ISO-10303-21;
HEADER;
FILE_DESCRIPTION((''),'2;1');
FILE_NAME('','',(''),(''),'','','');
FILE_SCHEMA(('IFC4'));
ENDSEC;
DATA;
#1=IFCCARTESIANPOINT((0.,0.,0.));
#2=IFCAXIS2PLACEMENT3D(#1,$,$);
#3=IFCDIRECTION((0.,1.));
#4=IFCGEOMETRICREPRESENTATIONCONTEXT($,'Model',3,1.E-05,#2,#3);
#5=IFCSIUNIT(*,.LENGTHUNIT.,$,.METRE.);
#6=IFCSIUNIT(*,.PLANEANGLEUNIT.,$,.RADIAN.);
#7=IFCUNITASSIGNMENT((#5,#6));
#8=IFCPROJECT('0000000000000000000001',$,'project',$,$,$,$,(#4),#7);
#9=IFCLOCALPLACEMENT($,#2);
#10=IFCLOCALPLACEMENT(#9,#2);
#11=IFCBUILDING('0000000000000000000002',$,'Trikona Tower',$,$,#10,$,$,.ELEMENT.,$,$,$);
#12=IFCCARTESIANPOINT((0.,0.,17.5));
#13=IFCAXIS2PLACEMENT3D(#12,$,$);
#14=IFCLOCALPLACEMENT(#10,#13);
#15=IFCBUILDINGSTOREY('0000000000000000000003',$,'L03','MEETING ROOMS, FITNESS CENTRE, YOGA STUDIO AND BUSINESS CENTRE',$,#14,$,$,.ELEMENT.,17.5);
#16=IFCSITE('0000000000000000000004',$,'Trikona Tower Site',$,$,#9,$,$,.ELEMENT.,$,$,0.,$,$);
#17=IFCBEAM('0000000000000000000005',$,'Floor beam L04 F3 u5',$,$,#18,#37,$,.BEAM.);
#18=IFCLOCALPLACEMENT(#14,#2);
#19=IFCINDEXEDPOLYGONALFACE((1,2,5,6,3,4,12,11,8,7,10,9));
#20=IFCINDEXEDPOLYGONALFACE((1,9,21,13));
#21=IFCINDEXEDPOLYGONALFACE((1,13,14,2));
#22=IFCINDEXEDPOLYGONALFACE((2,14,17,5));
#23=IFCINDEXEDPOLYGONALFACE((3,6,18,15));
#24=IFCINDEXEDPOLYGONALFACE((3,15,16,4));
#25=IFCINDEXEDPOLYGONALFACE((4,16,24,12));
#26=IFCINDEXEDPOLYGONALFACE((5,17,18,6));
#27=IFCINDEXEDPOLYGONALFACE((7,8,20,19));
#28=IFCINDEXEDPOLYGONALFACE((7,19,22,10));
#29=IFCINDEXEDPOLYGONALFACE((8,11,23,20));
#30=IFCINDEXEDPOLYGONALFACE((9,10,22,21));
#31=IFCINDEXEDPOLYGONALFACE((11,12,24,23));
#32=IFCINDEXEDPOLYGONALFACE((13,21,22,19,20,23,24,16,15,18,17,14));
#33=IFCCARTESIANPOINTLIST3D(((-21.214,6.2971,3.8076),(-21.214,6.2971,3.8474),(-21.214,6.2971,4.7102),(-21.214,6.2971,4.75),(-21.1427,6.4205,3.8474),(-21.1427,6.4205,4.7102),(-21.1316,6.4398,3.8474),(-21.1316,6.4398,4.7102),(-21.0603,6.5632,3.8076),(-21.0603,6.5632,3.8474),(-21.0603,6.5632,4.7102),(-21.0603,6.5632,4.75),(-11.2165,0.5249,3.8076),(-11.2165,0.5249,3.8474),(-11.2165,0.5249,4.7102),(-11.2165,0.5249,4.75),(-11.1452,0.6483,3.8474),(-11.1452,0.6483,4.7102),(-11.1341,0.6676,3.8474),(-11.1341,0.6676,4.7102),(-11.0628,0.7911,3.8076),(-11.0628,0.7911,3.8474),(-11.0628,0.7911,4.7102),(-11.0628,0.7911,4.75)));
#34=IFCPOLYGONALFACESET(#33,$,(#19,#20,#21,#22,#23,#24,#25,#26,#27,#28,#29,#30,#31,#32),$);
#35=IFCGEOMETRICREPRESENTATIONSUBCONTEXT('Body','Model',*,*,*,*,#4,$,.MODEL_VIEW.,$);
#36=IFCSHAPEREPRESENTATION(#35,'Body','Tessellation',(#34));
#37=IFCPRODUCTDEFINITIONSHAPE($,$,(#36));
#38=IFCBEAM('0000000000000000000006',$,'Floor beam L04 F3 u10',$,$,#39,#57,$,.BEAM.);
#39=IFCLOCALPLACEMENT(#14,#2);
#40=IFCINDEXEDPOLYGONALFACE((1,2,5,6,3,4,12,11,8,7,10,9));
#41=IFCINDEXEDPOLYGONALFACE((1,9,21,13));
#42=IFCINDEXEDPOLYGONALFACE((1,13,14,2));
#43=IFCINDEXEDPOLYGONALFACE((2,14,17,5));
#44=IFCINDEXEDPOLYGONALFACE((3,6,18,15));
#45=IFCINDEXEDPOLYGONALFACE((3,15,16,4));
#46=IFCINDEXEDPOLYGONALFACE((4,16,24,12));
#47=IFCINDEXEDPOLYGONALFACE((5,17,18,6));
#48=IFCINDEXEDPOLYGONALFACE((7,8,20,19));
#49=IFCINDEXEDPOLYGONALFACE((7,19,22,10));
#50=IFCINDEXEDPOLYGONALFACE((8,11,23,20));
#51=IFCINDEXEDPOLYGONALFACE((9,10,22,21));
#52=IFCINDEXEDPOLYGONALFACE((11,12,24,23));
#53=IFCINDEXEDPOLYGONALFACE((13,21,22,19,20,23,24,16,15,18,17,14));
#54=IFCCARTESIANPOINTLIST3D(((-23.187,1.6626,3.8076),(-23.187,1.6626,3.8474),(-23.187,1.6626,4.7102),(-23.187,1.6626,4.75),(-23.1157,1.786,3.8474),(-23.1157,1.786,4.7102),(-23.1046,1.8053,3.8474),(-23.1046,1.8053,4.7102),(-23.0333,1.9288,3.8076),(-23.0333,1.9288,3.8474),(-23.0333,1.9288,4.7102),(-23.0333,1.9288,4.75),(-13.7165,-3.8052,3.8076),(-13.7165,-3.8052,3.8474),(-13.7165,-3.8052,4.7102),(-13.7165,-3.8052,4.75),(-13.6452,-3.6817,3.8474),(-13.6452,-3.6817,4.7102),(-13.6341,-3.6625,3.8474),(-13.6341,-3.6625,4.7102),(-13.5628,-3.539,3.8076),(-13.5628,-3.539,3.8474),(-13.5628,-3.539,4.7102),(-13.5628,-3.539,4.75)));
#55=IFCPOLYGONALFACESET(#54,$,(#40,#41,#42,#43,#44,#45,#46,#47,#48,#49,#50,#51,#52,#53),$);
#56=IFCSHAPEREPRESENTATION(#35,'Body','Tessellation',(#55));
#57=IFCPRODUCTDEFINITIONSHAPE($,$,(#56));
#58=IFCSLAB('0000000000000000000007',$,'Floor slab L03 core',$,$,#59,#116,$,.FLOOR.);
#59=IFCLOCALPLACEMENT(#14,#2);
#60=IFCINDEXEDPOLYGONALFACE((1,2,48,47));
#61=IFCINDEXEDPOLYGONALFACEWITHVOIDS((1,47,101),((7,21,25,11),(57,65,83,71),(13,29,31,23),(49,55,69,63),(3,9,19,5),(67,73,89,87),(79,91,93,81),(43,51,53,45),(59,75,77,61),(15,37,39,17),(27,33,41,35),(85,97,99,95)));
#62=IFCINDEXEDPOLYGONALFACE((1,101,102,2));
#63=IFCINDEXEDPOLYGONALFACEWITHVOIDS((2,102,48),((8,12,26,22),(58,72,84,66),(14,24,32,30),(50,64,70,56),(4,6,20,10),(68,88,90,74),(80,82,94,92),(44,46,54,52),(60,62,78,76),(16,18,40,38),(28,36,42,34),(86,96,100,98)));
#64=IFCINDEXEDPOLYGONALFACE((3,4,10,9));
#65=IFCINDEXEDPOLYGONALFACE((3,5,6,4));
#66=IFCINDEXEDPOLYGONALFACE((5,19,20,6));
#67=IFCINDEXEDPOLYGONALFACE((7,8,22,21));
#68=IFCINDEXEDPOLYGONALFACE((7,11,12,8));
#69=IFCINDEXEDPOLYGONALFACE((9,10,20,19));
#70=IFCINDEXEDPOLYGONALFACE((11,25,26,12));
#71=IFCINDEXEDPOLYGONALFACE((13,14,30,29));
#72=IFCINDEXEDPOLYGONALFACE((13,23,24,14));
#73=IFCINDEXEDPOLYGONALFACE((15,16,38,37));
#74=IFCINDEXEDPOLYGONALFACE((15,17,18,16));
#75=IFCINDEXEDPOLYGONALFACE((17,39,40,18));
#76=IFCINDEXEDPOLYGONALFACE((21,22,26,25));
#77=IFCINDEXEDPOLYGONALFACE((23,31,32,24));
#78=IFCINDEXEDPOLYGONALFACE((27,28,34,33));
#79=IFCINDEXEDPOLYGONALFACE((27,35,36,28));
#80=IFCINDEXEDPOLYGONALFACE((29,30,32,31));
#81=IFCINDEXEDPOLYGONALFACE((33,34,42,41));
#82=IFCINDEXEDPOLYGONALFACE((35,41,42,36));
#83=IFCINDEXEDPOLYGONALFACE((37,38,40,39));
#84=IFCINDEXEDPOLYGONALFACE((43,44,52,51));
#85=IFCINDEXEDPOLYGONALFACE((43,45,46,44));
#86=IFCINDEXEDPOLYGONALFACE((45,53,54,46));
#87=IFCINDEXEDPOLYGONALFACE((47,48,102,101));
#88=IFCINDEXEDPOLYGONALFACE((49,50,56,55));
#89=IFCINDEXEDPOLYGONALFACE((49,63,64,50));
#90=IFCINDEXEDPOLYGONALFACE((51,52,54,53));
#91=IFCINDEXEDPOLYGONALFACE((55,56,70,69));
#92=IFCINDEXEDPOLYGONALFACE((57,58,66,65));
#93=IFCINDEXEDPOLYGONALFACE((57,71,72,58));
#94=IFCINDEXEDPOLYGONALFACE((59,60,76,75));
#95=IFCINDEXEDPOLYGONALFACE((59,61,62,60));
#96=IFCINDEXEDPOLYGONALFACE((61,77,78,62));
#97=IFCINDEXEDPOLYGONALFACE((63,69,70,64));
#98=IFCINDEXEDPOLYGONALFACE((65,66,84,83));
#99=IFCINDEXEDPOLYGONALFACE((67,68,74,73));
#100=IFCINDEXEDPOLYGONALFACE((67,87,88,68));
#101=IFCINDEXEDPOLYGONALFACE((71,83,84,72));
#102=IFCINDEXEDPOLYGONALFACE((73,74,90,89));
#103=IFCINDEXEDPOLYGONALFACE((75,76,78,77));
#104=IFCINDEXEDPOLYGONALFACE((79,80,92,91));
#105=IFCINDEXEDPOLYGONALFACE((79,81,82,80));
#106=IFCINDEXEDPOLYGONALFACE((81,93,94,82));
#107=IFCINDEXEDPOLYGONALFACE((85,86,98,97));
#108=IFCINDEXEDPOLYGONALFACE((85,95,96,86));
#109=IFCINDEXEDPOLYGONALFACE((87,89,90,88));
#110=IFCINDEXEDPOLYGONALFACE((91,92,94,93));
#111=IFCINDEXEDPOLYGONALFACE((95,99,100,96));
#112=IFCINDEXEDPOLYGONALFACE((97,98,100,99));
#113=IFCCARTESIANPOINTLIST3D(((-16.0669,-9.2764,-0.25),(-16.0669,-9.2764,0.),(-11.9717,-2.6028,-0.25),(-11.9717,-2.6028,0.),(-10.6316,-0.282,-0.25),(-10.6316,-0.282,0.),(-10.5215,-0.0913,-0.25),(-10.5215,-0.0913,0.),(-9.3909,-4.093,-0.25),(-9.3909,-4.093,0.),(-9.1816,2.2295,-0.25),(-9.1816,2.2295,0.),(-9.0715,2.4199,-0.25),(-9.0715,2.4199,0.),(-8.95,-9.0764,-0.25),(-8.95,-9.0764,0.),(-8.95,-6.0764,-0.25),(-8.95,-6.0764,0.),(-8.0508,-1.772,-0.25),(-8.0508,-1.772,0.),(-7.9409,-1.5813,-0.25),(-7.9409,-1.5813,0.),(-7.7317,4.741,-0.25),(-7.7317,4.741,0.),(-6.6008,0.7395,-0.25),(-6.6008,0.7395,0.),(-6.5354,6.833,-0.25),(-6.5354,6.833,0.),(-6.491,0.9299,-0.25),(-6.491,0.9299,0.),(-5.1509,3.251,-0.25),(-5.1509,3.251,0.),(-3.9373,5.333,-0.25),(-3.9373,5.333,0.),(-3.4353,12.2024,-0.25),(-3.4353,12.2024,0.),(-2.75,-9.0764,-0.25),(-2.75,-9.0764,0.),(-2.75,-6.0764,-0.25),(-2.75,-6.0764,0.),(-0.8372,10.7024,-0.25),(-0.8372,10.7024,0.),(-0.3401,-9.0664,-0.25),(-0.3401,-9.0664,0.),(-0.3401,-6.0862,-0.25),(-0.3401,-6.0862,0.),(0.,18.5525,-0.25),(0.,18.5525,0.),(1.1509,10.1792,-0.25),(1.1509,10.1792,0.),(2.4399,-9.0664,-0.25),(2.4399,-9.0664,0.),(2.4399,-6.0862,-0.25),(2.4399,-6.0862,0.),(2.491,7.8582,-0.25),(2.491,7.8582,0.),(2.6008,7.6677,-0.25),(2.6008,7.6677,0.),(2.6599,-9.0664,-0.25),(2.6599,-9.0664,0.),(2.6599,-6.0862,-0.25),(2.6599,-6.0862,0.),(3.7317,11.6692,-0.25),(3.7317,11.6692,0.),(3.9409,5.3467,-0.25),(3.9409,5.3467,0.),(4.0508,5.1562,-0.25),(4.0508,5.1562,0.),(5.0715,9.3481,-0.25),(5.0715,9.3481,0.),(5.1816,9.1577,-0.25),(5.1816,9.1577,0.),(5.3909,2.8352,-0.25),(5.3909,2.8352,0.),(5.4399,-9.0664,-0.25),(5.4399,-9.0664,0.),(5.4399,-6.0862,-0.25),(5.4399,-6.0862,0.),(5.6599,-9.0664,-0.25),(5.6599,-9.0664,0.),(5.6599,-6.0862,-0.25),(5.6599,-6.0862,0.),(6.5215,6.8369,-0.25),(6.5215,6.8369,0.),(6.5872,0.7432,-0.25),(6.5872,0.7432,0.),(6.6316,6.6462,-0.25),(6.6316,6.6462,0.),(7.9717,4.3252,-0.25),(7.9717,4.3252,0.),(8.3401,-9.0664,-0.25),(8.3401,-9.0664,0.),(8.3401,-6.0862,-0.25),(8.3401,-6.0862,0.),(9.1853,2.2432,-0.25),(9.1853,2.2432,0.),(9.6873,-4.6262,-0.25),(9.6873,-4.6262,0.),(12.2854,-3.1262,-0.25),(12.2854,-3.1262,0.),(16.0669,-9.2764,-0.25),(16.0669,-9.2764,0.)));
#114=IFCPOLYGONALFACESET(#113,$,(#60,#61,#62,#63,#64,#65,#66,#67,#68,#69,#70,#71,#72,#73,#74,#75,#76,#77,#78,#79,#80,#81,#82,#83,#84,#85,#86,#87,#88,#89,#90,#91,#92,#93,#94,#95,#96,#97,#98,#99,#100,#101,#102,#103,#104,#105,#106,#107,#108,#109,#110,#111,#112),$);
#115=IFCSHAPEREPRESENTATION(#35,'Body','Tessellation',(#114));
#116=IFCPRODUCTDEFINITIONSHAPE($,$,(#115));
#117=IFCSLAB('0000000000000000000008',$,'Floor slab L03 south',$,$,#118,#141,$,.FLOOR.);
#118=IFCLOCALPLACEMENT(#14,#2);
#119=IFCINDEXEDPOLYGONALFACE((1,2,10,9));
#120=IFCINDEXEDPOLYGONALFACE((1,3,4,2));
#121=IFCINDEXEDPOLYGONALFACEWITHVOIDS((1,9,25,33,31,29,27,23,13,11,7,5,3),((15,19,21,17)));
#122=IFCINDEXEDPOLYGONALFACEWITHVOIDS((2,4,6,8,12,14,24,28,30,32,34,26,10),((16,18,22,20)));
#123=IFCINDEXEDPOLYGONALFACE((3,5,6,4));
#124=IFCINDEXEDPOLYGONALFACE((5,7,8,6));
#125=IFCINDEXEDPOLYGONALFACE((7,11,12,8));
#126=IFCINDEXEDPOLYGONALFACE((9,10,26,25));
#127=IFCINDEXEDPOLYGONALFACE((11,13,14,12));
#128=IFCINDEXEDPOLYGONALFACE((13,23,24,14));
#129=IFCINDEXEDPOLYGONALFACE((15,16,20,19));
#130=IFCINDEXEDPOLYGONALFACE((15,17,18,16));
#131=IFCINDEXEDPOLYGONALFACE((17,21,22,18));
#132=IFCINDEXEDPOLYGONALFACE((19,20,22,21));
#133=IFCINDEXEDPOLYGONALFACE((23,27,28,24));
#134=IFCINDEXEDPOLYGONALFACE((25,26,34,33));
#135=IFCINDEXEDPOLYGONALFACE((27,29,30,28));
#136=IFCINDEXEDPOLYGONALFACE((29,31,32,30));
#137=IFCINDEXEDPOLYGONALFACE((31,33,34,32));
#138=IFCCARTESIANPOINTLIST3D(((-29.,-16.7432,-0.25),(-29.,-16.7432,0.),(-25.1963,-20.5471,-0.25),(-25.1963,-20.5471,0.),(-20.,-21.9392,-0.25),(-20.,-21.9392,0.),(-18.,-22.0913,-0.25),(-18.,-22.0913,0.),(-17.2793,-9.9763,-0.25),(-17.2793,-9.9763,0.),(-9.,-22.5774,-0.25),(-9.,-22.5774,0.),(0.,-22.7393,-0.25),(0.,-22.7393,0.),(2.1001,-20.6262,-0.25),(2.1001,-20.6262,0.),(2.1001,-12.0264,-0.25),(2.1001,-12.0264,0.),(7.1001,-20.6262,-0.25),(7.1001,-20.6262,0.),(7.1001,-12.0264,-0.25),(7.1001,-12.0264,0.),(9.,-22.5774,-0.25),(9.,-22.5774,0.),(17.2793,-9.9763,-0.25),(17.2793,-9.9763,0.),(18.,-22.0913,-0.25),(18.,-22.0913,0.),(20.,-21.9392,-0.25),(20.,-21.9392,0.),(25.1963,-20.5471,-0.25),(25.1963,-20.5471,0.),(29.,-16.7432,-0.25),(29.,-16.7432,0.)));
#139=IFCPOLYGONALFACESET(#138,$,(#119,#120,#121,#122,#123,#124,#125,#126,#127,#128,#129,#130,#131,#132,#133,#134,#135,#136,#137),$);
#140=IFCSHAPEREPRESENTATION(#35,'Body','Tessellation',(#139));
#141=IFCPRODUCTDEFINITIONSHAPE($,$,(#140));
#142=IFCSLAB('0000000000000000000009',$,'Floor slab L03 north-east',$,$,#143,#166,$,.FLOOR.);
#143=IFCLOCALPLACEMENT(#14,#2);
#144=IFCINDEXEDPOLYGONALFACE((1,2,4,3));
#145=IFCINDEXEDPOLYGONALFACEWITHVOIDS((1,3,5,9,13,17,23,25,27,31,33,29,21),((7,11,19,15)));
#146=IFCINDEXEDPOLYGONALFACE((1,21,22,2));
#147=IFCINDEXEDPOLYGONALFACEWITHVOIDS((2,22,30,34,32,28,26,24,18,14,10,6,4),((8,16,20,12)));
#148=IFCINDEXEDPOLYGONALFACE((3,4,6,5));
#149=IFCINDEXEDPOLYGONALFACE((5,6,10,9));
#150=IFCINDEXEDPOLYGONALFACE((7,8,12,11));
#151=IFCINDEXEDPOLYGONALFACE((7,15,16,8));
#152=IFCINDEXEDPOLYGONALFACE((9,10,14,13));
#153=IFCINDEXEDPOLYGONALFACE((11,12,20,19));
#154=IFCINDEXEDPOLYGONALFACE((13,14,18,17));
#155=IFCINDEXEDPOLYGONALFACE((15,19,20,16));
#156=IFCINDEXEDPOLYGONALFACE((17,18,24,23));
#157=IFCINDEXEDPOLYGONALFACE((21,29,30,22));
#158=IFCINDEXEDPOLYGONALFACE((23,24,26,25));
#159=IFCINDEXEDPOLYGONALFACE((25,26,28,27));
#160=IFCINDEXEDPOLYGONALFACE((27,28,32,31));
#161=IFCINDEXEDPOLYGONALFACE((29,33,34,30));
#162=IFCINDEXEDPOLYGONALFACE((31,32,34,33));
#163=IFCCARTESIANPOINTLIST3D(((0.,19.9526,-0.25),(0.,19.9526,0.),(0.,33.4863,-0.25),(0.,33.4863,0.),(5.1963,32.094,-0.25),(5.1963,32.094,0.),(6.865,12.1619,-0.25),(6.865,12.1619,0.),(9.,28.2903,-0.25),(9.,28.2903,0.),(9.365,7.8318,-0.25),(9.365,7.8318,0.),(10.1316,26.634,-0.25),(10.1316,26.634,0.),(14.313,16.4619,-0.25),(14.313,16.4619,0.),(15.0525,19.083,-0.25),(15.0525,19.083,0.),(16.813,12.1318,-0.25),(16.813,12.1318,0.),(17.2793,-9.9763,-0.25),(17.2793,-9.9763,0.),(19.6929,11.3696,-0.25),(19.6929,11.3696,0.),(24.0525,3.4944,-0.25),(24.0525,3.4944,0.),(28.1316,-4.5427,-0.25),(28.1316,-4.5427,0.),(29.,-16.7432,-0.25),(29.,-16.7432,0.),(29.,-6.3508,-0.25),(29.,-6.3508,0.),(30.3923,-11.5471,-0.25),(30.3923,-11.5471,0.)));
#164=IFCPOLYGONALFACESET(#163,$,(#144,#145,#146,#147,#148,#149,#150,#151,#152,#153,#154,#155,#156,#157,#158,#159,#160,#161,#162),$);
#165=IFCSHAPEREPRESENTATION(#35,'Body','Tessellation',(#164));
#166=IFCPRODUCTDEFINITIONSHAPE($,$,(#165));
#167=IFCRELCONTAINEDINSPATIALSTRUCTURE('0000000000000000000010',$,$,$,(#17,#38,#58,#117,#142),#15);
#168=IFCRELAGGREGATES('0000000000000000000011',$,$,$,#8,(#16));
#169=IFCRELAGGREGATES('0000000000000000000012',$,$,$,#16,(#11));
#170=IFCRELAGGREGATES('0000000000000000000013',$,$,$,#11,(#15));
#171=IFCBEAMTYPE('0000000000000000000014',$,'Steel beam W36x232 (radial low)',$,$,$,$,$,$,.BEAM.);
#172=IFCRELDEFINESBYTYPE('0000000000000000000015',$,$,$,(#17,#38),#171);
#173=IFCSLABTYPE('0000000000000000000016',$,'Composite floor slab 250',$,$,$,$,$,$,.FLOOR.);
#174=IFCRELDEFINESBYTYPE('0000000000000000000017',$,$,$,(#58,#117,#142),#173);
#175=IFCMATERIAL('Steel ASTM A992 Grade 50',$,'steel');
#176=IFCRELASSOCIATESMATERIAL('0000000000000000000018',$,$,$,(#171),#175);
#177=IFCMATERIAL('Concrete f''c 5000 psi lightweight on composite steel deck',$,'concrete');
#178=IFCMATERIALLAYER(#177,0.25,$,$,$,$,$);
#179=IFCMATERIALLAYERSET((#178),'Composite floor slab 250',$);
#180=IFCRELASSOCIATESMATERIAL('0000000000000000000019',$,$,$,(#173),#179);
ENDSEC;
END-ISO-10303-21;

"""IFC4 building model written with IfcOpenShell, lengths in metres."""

from ifc_helpers import new_model, si_unit, direction, frame, origin, origin_2d, place, context, subcontext, project, spatial, polyline, i_section, outline, extrude, material, layer, layer_set, material_profile, profile_set, type_object, element, save


model = new_model("IFC4")

# Units and contexts
model_context = context("Model", 3, precision=1e-05, world=origin(), true_north=direction((0.0, 1.0)))
body_context = subcontext(model_context, "Body", "Model", "MODEL_VIEW")
ifc_project = project(units=[si_unit("LENGTHUNIT", "METRE"), si_unit("PLANEANGLEUNIT", "RADIAN")], contexts=[model_context])

# Site, building, storey
site_placement = place(None, origin())
site = spatial("IfcSite", under=ifc_project, at=site_placement, Name="Trikona Tower Site", CompositionType="ELEMENT", RefElevation=0.0)
building_placement = place(site_placement, origin())
building = spatial("IfcBuilding", under=site, at=building_placement, Name="Trikona Tower", CompositionType="ELEMENT")
storey_placement = place(building_placement, frame((0.0, 0.0, 17.5)))
storey = spatial("IfcBuildingStorey", under=building, at=storey_placement, Name="L03", Description="MEETING ROOMS, FITNESS CENTRE, YOGA STUDIO AND BUSINESS CENTRE", CompositionType="ELEMENT", Elevation=17.5)

# Beams
ifc_material_1 = material(Name="Steel ASTM A992 Grade 50", Category="steel")
ifc_material_profile = material_profile(ifc_material_1, i_section(OverallWidth=0.3074, OverallDepth=0.9424, WebThickness=0.0222, FlangeThickness=0.0398, at=origin_2d()), Name="W36X232")
ifc_profile_set = profile_set([ifc_material_profile], Name="Steel ASTM A992 Grade 50")
beam_type = type_object("IfcBeamType", Name="Steel beam W36x232 (radial low)", PredefinedType="BEAM", material=ifc_profile_set)
beam_1_placement = place(storey_placement, frame((-11.1396, 0.658, 4.2788), z_axis=(-0.866021, 0.500008, 0.0), x_axis=(-0.500008, -0.866021, 0.0)))
element("IfcBeam", 1, at=beam_1_placement, inside=storey, type_object=beam_type, Name="Floor beam L04 F3 u5", PredefinedType="BEAM", context=body_context, shape_type="SweptSolid", body=[
    extrude(i_section(OverallWidth=0.3074, OverallDepth=0.9424, WebThickness=0.0222, FlangeThickness=0.0398, at=origin_2d()), origin(), (0.0, 0.0, 1.0), 11.5442),
])
beam_2_placement = place(storey_placement, frame((-13.6396, -3.6721, 4.2788), z_axis=(-0.866025, 0.5, 0.0), x_axis=(-0.5, -0.866025, 0.0)))
element("IfcBeam", 2, at=beam_2_placement, inside=storey, type_object=beam_type, Name="Floor beam L04 F3 u10", PredefinedType="BEAM", context=body_context, shape_type="SweptSolid", body=[
    extrude(i_section(OverallWidth=0.3074, OverallDepth=0.9424, WebThickness=0.0222, FlangeThickness=0.0398, at=origin_2d()), origin(), (0.0, 0.0, 1.0), 10.9355),
])

# Slabs
ifc_material_2 = material(Name="Concrete f'c 5000 psi lightweight on composite steel deck", Category="concrete")
ifc_layer_1 = layer(ifc_material_2, 0.25)
ifc_layer_set_1 = layer_set([ifc_layer_1], Name="Composite floor slab 250")
slab_type_1 = type_object("IfcSlabType", Name="Composite floor slab 250", PredefinedType="FLOOR", material=ifc_layer_set_1)
slab_1_placement = place(storey_placement, frame((0.0, 0.0, -0.25)))
element("IfcSlab", 3, at=slab_1_placement, inside=storey, type_object=slab_type_1, Name="Floor slab L03 core", PredefinedType="FLOOR", context=body_context, shape_type="SweptSolid", body=[
    extrude(outline(polyline([(-16.0669, -9.2764), (16.0669, -9.2764), (0.0, 18.5525), (-16.0669, -9.2764)]), holes=[polyline([(9.6873, -4.6262), (12.2854, -3.1262), (9.1853, 2.2432), (6.5872, 0.7432), (9.6873, -4.6262)]), polyline([(5.6599, -9.0664), (8.3401, -9.0664), (8.3401, -6.0862), (5.6599, -6.0862), (5.6599, -9.0664)]), polyline([(4.0508, 5.1562), (5.3909, 2.8352), (7.9717, 4.3252), (6.6316, 6.6462), (4.0508, 5.1562)]), polyline([(5.1816, 9.1577), (2.6008, 7.6677), (3.9409, 5.3467), (6.5215, 6.8369), (5.1816, 9.1577)]), polyline([(5.4399, -9.0664), (5.4399, -6.0862), (2.6599, -6.0862), (2.6599, -9.0664), (5.4399, -9.0664)]), polyline([(5.0715, 9.3481), (3.7317, 11.6692), (1.1509, 10.1792), (2.491, 7.8582), (5.0715, 9.3481)]), polyline([(2.4399, -6.0862), (-0.3401, -6.0862), (-0.3401, -9.0664), (2.4399, -9.0664), (2.4399, -6.0862)]), polyline([(-0.8372, 10.7024), (-3.4353, 12.2024), (-6.5354, 6.833), (-3.9373, 5.333), (-0.8372, 10.7024)]), polyline([(-8.95, -6.0764), (-8.95, -9.0764), (-2.75, -9.0764), (-2.75, -6.0764), (-8.95, -6.0764)]), polyline([(-6.491, 0.9299), (-5.1509, 3.251), (-7.7317, 4.741), (-9.0715, 2.4199), (-6.491, 0.9299)]), polyline([(-10.5215, -0.0913), (-7.9409, -1.5813), (-6.6008, 0.7395), (-9.1816, 2.2295), (-10.5215, -0.0913)]), polyline([(-10.6316, -0.282), (-11.9717, -2.6028), (-9.3909, -4.093), (-8.0508, -1.772), (-10.6316, -0.282)])]), origin(), (0.0, 0.0, 1.0), 0.25),
])
slab_2_placement = place(storey_placement, frame((0.0, 0.0, -0.25)))
element("IfcSlab", 4, at=slab_2_placement, inside=storey, type_object=slab_type_1, Name="Floor slab L03 south", PredefinedType="FLOOR", context=body_context, shape_type="SweptSolid", body=[
    extrude(outline(polyline([(29.0, -16.7432), (17.2793, -9.9763), (-17.2793, -9.9763), (-29.0, -16.7432), (-25.1963, -20.5471), (-20.0, -21.9392), (-18.0, -22.0913), (-9.0, -22.5774), (0.0, -22.7393), (9.0, -22.5774), (18.0, -22.0913), (20.0, -21.9392), (25.1963, -20.5471), (29.0, -16.7432)]), holes=[polyline([(2.1001, -20.6262), (7.1001, -20.6262), (7.1001, -12.0264), (2.1001, -12.0264), (2.1001, -20.6262)])]), origin(), (0.0, 0.0, 1.0), 0.25),
])
slab_3_placement = place(storey_placement, frame((0.0, 0.0, -0.25)))
element("IfcSlab", 5, at=slab_3_placement, inside=storey, type_object=slab_type_1, Name="Floor slab L03 north-east", PredefinedType="FLOOR", context=body_context, shape_type="SweptSolid", body=[
    extrude(outline(polyline([(19.6929, 11.3696), (15.0525, 19.083), (10.1316, 26.634), (9.0, 28.2903), (5.1963, 32.094), (0.0, 33.4863), (0.0, 19.9526), (17.2793, -9.9763), (29.0, -16.7432), (30.3923, -11.5471), (29.0, -6.3508), (28.1316, -4.5427), (24.0525, 3.4944), (19.6929, 11.3696)]), holes=[polyline([(9.365, 7.8318), (16.813, 12.1318), (14.313, 16.4619), (6.865, 12.1619), (9.365, 7.8318)])]), origin(), (0.0, 0.0, 1.0), 0.25),
])

save(model, "model.ifc")
